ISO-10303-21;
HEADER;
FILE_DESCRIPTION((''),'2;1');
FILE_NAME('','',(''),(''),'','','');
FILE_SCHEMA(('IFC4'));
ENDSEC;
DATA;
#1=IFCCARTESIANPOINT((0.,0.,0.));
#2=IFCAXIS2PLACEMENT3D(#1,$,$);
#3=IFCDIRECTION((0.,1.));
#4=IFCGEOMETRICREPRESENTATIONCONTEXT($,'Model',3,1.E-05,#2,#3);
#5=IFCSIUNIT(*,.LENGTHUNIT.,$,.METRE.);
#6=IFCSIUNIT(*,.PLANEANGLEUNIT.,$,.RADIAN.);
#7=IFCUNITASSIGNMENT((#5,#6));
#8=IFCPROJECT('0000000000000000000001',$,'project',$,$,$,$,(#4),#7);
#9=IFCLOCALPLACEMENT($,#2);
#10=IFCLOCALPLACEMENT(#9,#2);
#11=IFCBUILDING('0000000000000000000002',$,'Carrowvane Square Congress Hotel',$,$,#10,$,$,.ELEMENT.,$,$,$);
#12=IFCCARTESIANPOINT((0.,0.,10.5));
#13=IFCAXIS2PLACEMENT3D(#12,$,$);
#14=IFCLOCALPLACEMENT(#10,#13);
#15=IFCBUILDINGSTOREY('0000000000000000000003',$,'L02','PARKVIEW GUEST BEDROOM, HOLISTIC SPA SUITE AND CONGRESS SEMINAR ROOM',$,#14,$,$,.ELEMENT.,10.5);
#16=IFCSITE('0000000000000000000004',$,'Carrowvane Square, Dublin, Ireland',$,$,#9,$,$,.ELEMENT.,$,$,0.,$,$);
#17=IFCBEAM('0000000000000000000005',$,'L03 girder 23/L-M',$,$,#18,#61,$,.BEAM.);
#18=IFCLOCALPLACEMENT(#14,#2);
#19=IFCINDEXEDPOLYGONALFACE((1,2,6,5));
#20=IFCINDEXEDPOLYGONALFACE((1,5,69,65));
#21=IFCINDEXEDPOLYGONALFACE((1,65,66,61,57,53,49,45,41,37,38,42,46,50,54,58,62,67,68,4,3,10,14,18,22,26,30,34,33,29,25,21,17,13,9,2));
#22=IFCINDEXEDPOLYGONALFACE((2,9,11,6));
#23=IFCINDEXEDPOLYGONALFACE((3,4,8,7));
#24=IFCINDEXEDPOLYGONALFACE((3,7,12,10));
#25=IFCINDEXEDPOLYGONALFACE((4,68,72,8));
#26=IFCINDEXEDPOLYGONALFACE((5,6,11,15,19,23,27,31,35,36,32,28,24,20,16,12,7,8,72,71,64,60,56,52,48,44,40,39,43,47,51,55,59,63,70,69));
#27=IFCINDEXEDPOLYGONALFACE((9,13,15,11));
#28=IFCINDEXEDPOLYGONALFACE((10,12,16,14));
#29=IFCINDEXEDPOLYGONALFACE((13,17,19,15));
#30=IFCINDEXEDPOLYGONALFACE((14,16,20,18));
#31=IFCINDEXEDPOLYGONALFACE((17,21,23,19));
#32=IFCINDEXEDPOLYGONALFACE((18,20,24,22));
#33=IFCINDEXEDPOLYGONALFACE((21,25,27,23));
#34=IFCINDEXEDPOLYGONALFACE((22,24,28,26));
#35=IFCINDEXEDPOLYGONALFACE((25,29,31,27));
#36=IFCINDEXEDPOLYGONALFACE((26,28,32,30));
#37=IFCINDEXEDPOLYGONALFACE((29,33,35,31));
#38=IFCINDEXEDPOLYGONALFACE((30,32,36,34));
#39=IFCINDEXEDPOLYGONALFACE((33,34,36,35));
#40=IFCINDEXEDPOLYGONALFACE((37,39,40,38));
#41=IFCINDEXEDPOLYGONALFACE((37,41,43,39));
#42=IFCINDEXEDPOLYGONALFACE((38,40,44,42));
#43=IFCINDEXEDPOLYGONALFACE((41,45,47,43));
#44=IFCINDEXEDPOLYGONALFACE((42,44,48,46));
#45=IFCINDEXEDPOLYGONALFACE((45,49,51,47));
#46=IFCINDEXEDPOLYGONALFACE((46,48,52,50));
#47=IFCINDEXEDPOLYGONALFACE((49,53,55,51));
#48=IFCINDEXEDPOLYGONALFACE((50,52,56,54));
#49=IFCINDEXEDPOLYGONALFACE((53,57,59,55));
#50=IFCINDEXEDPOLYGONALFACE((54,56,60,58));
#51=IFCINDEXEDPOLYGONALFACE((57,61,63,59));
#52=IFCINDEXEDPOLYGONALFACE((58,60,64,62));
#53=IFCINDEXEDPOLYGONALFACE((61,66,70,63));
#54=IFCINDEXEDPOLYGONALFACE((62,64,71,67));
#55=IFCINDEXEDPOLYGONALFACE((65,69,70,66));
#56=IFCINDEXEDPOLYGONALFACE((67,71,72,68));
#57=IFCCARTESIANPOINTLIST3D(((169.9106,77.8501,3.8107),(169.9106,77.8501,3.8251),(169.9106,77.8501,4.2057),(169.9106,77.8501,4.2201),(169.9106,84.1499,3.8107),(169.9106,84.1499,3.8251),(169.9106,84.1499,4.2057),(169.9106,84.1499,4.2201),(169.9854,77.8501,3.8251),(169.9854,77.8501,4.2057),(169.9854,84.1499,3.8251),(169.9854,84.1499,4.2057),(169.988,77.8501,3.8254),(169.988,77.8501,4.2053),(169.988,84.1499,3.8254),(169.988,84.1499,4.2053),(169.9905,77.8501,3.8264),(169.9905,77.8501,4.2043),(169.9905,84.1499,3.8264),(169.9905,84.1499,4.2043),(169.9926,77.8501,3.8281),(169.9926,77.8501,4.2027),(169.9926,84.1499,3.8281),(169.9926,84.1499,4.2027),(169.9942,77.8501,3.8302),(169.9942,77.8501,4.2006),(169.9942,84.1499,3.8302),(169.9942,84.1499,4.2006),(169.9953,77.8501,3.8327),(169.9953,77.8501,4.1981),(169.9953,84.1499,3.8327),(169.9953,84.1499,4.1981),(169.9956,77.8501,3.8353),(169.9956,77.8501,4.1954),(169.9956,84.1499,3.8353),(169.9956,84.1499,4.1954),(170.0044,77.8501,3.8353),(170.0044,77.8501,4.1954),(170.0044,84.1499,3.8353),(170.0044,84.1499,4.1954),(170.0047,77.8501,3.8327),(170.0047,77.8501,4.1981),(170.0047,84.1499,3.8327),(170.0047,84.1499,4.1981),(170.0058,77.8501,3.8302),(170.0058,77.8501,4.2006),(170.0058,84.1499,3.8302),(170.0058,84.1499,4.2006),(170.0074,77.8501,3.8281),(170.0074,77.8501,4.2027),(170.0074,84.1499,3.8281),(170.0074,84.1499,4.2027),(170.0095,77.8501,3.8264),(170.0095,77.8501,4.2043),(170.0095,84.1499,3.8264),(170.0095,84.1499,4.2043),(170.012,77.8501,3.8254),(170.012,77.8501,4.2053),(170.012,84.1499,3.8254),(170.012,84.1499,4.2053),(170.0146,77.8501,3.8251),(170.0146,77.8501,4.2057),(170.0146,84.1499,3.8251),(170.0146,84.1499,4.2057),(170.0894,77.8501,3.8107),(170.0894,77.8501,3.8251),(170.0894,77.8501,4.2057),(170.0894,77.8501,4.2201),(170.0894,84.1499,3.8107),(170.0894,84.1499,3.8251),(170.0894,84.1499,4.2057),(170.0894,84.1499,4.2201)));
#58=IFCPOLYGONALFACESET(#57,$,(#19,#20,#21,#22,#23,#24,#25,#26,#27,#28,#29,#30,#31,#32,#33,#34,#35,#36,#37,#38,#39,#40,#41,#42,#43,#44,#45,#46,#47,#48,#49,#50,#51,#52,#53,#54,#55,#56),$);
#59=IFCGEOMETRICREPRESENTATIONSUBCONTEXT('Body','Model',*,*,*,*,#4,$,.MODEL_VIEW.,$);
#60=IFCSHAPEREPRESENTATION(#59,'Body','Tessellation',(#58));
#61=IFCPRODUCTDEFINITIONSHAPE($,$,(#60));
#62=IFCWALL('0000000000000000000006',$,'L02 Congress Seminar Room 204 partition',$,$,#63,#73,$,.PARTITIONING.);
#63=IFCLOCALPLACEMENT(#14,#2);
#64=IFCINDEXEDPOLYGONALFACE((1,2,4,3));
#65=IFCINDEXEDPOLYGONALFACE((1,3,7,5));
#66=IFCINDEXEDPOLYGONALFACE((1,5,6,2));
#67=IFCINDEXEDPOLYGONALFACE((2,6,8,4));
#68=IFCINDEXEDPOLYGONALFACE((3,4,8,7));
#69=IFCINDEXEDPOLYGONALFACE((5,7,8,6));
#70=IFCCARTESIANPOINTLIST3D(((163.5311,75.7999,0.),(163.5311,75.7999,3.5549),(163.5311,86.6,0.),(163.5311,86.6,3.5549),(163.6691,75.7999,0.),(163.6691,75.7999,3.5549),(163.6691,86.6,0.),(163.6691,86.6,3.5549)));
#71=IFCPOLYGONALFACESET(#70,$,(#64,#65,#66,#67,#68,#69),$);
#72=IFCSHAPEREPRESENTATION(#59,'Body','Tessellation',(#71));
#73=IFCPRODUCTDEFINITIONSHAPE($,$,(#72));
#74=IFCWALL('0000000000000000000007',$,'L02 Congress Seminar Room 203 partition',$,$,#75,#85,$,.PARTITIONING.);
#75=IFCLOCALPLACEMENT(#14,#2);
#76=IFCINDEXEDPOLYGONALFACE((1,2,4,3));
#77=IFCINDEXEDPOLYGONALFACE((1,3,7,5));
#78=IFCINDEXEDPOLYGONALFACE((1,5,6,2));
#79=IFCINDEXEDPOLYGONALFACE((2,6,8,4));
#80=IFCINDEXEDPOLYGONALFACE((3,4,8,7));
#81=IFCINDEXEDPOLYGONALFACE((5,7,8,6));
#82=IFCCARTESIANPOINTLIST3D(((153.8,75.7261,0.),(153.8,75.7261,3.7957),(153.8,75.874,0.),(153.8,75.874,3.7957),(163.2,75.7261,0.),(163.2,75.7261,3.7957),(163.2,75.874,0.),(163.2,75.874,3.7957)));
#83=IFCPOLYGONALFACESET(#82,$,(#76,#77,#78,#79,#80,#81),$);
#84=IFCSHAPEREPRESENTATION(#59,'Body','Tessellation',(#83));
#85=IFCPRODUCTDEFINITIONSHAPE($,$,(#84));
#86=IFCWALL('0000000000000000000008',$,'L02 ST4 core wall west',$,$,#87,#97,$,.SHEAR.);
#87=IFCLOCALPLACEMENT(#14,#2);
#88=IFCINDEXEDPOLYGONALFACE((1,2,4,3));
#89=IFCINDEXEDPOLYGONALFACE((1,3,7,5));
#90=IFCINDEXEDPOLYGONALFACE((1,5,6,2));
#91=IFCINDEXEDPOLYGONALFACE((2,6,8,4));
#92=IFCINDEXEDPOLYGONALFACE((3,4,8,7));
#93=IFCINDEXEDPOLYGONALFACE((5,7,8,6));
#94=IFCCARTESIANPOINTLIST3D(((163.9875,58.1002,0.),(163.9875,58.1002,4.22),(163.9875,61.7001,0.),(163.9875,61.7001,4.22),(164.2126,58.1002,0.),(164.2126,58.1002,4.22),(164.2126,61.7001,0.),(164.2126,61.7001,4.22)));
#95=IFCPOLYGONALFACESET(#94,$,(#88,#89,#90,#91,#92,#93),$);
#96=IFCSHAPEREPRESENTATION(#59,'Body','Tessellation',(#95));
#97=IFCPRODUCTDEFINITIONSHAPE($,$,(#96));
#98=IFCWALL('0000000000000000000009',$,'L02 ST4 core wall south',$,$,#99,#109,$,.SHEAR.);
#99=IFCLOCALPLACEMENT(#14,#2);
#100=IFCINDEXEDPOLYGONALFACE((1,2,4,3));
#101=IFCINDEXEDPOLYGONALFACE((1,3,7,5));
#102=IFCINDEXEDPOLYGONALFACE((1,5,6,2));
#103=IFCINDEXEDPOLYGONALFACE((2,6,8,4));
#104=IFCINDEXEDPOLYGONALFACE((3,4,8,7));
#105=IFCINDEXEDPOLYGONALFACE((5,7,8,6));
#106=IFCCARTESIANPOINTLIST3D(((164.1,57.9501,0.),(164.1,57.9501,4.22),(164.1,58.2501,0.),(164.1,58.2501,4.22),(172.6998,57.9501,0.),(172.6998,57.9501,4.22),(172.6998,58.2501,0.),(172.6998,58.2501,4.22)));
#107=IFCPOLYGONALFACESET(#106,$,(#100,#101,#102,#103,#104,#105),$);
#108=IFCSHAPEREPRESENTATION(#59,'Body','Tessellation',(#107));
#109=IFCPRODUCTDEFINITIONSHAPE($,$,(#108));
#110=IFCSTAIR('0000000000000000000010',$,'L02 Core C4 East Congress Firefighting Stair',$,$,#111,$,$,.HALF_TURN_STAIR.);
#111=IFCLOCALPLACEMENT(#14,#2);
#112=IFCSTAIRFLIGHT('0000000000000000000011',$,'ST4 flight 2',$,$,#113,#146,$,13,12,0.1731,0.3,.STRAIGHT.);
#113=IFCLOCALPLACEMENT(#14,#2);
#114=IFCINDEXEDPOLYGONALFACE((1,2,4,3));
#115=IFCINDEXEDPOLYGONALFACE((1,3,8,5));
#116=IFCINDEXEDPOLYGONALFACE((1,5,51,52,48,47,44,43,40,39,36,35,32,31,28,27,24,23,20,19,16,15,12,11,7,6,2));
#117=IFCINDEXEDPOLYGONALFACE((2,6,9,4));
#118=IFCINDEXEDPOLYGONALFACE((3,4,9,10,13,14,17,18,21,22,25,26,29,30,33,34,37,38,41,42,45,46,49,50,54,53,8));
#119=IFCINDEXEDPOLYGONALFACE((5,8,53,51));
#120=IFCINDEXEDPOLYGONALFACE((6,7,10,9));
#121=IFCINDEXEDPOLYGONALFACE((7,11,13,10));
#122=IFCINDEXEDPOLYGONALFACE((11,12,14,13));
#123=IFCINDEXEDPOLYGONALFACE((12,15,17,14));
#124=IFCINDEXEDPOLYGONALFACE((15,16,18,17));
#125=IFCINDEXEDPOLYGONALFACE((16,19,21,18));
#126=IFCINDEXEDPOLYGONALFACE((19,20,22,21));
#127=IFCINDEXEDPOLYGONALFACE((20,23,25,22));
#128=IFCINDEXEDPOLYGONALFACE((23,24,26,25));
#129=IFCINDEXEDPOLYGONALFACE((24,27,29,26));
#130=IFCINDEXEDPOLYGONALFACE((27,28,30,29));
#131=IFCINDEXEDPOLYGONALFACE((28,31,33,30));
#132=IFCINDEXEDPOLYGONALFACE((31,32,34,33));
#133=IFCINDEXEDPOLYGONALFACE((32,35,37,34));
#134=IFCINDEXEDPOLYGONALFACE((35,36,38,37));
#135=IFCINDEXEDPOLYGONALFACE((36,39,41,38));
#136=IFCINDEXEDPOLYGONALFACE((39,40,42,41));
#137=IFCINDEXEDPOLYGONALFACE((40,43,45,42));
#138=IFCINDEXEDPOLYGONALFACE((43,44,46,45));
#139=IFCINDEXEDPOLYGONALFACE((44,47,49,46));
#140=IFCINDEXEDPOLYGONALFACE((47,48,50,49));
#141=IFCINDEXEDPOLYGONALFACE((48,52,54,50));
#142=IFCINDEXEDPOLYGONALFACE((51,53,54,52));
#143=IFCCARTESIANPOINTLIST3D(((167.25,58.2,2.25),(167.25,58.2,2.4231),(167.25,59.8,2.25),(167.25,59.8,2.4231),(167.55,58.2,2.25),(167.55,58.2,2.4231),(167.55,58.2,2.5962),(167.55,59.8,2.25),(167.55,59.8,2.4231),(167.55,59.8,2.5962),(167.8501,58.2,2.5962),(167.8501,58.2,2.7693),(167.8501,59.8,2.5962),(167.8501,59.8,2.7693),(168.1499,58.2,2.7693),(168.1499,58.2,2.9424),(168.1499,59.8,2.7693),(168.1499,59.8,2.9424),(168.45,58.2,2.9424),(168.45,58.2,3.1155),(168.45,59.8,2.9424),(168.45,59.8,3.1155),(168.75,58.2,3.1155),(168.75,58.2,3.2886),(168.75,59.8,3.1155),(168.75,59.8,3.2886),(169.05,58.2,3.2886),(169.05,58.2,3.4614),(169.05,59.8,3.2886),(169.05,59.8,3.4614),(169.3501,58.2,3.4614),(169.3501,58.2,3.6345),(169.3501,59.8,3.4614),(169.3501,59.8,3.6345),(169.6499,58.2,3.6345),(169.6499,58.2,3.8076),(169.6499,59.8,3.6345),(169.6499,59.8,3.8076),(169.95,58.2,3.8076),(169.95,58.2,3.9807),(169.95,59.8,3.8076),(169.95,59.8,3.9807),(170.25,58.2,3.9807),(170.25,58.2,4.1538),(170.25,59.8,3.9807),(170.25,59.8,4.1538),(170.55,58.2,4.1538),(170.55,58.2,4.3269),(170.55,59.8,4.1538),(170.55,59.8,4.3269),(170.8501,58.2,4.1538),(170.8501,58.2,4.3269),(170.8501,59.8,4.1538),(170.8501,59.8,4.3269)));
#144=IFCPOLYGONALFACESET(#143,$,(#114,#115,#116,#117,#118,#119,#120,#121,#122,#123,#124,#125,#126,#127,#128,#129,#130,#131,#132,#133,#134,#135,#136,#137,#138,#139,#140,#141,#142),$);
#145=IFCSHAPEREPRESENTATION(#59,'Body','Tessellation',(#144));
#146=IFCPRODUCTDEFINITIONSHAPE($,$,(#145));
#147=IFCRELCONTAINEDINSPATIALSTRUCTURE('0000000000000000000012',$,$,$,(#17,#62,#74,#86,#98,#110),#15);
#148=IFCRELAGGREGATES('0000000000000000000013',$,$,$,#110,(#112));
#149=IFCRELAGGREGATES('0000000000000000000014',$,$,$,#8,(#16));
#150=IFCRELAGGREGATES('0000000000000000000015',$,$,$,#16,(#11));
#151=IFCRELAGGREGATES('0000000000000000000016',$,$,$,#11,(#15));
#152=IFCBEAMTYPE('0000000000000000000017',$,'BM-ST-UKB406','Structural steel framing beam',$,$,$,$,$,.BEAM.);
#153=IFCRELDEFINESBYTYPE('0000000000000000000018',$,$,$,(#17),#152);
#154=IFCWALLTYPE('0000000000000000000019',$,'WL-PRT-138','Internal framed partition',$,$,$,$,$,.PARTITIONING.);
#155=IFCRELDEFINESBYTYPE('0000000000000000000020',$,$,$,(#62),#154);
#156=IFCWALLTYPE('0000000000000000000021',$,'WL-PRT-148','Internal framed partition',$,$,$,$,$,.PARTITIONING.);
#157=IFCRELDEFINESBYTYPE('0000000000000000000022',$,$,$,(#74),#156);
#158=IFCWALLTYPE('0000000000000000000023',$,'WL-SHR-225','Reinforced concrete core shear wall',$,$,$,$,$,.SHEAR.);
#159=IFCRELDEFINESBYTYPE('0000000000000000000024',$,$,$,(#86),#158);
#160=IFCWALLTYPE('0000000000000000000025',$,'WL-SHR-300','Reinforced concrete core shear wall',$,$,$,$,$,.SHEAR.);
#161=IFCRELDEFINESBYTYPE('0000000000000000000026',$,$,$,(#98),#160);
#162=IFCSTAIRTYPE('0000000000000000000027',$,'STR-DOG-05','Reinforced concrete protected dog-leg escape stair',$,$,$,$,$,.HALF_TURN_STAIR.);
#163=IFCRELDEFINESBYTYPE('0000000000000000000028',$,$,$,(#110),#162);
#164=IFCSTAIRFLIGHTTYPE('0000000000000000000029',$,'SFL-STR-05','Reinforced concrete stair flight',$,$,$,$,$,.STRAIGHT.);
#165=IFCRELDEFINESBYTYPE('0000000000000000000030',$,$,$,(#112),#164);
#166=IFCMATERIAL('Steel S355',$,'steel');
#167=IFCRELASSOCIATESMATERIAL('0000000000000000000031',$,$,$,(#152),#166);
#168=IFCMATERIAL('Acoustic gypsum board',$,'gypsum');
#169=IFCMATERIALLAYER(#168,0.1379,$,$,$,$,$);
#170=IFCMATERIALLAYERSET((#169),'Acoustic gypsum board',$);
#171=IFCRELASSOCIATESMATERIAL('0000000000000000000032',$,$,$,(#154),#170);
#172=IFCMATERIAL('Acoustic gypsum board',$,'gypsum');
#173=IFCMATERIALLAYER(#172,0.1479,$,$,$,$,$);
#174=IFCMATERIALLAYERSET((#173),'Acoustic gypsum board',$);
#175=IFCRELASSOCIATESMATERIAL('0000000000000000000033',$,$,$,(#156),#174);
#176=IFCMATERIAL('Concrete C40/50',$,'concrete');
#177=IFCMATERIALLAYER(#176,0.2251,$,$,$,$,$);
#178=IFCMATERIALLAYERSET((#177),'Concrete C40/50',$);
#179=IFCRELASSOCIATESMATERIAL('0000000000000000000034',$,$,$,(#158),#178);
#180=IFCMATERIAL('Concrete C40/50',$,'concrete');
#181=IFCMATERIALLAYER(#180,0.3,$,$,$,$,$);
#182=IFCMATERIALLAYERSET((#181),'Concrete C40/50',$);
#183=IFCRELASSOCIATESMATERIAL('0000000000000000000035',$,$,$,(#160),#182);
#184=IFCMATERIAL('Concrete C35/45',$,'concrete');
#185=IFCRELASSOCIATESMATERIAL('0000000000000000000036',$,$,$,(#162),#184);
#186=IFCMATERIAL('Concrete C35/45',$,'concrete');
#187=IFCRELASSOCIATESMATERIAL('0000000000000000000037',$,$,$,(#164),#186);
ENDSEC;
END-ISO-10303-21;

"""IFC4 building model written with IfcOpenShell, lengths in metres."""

from ifc_helpers import new_model, si_unit, direction, frame, frame_2d, origin, origin_2d, place, context, subcontext, project, spatial, polyline, rectangle, i_section, outline, extrude, material, layer, layer_set, material_profile, profile_set, type_object, element, aggregate, save


model = new_model("IFC4")

# Units and contexts
model_context = context("Model", 3, precision=1e-05, world=origin(), true_north=direction((0.0, 1.0)))
body_context = subcontext(model_context, "Body", "Model", "MODEL_VIEW")
ifc_project = project(units=[si_unit("LENGTHUNIT", "METRE"), si_unit("PLANEANGLEUNIT", "RADIAN")], contexts=[model_context])

# Site, building, storey
site_placement = place(None, origin())
site = spatial("IfcSite", under=ifc_project, at=site_placement, Name="Carrowvane Square, Dublin, Ireland", CompositionType="ELEMENT", RefElevation=0.0)
building_placement = place(site_placement, origin())
building = spatial("IfcBuilding", under=site, at=building_placement, Name="Carrowvane Square Congress Hotel", CompositionType="ELEMENT")
storey_placement = place(building_placement, frame((0.0, 0.0, 10.5)))
storey = spatial("IfcBuildingStorey", under=building, at=storey_placement, Name="L02", Description="PARKVIEW GUEST BEDROOM, HOLISTIC SPA SUITE AND CONGRESS SEMINAR ROOM", CompositionType="ELEMENT", Elevation=10.5)

# Beam
ifc_material_1 = material(Name="Steel S355", Category="steel")
ifc_material_profile_1 = material_profile(ifc_material_1, i_section(OverallWidth=0.1787, OverallDepth=0.4094, WebThickness=0.0088, FlangeThickness=0.0144, FilletRadius=0.0103, at=origin_2d()), Name="UKB 406x178x67")
ifc_profile_set_1 = profile_set([ifc_material_profile_1], Name="Steel S355")
beam_type_1 = type_object("IfcBeamType", Name="BM-ST-UKB406", Description="Structural steel framing beam", PredefinedType="BEAM", material=ifc_profile_set_1)
beam_1_placement = place(storey_placement, frame((170.0, 77.8501, 4.0154), z_axis=(0.0, 1.0, 0.0), x_axis=(-1.0, 0.0, 0.0)))
element("IfcBeam", 1, at=beam_1_placement, inside=storey, type_object=beam_type_1, Name="L03 girder 23/L-M", PredefinedType="BEAM", context=body_context, shape_type="SweptSolid", body=[
    extrude(i_section(OverallWidth=0.1787, OverallDepth=0.4094, WebThickness=0.0088, FlangeThickness=0.0144, FilletRadius=0.0103, at=origin_2d()), origin(), (0.0, 0.0, 1.0), 6.2998),
])

# Walls
ifc_material_2 = material(Name="Acoustic gypsum board", Category="gypsum")
ifc_layer_1 = layer(ifc_material_2, 0.1379)
ifc_layer_set_1 = layer_set([ifc_layer_1], Name="Acoustic gypsum board")
wall_type_1 = type_object("IfcWallType", Name="WL-PRT-138", Description="Internal framed partition", PredefinedType="PARTITIONING", material=ifc_layer_set_1)
wall_1_placement = place(storey_placement, frame((163.6001, 75.8, 0.0), z_axis=(0.0, 0.0, 1.0), x_axis=(0.0, 1.0, 0.0)))
element("IfcWall", 2, at=wall_1_placement, inside=storey, type_object=wall_type_1, Name="L02 Congress Seminar Room 204 partition", PredefinedType="PARTITIONING", context=body_context, shape_type="SweptSolid", body=[
    extrude(rectangle(XDim=10.8, YDim=0.1379, at=frame_2d((5.3999, 0.0))), origin(), (0.0, 0.0, 1.0), 3.5549),
])
ifc_material_3 = material(Name="Acoustic gypsum board", Category="gypsum")
ifc_layer_2 = layer(ifc_material_3, 0.1479)
ifc_layer_set_2 = layer_set([ifc_layer_2], Name="Acoustic gypsum board")
wall_type_2 = type_object("IfcWallType", Name="WL-PRT-148", Description="Internal framed partition", PredefinedType="PARTITIONING", material=ifc_layer_set_2)
wall_2_placement = place(storey_placement, frame((163.2, 75.8, 0.0), z_axis=(0.0, 0.0, 1.0), x_axis=(-1.0, 0.0, 0.0)))
element("IfcWall", 3, at=wall_2_placement, inside=storey, type_object=wall_type_2, Name="L02 Congress Seminar Room 203 partition", PredefinedType="PARTITIONING", context=body_context, shape_type="SweptSolid", body=[
    extrude(rectangle(XDim=9.3999, YDim=0.1479, at=frame_2d((4.7, 0.0))), origin(), (0.0, 0.0, 1.0), 3.7957),
])
ifc_material_4 = material(Name="Concrete C40/50", Category="concrete")
ifc_layer_3 = layer(ifc_material_4, 0.2251)
ifc_layer_set_3 = layer_set([ifc_layer_3], Name="Concrete C40/50")
wall_type_3 = type_object("IfcWallType", Name="WL-SHR-225", Description="Reinforced concrete core shear wall", PredefinedType="SHEAR", material=ifc_layer_set_3)
wall_3_placement = place(storey_placement, frame((164.1001, 61.7, 0.0), z_axis=(0.0, 0.0, 1.0), x_axis=(0.0, -1.0, 0.0)))
element("IfcWall", 4, at=wall_3_placement, inside=storey, type_object=wall_type_3, Name="L02 ST4 core wall west", PredefinedType="SHEAR", context=body_context, shape_type="SweptSolid", body=[
    extrude(rectangle(XDim=3.5999, YDim=0.2251, at=frame_2d((1.7998, 0.0))), origin(), (0.0, 0.0, 1.0), 4.22),
])
ifc_material_5 = material(Name="Concrete C40/50", Category="concrete")
ifc_layer_4 = layer(ifc_material_5, 0.3)
ifc_layer_set_4 = layer_set([ifc_layer_4], Name="Concrete C40/50")
wall_type_4 = type_object("IfcWallType", Name="WL-SHR-300", Description="Reinforced concrete core shear wall", PredefinedType="SHEAR", material=ifc_layer_set_4)
wall_4_placement = place(storey_placement, frame((164.1001, 58.1001, 0.0), z_axis=(0.0, 0.0, 1.0), x_axis=(1.0, 0.0, 0.0)))
element("IfcWall", 5, at=wall_4_placement, inside=storey, type_object=wall_type_4, Name="L02 ST4 core wall south", PredefinedType="SHEAR", context=body_context, shape_type="SweptSolid", body=[
    extrude(rectangle(XDim=8.5999, YDim=0.3, at=frame_2d((4.2998, 0.0))), origin(), (0.0, 0.0, 1.0), 4.22),
])

# Stair, stair flight
ifc_material_6 = material(Name="Concrete C35/45", Category="concrete")
stair_type = type_object("IfcStairType", Name="STR-DOG-05", Description="Reinforced concrete protected dog-leg escape stair", PredefinedType="HALF_TURN_STAIR", material=ifc_material_6)
stair_placement = place(storey_placement, origin())
stair = element("IfcStair", 6, at=stair_placement, inside=storey, type_object=stair_type, Name="L02 Core C4 East Congress Firefighting Stair", PredefinedType="HALF_TURN_STAIR")
ifc_material_7 = material(Name="Concrete C35/45", Category="concrete")
stair_flight_type = type_object("IfcStairFlightType", Name="SFL-STR-05", Description="Reinforced concrete stair flight", PredefinedType="STRAIGHT", material=ifc_material_7)
stair_flight_placement = place(storey_placement, frame((167.25, 59.0, 2.25), z_axis=(0.0, 0.0, 1.0), x_axis=(1.0, 0.0, 0.0)))
stair_flight = element("IfcStairFlight", 7, at=stair_flight_placement, type_object=stair_flight_type, Name="ST4 flight 2", NumberOfRisers=13, NumberOfTreads=12, PredefinedType="STRAIGHT", RiserHeight=0.1731, TreadLength=0.3, context=body_context, shape_type="SweptSolid", body=[
    extrude(outline(polyline([(0.0, 0.0), (0.0, 0.1731), (0.3, 0.1731), (0.3, 0.3462), (0.6001, 0.3462), (0.6001, 0.5193), (0.8999, 0.5193), (0.8999, 0.6924), (1.2, 0.6924), (1.2, 0.8655), (1.5, 0.8655), (1.5, 1.0386), (1.8, 1.0386), (1.8, 1.2114), (2.1001, 1.2114), (2.1001, 1.3845), (2.3999, 1.3845), (2.3999, 1.5576), (2.7, 1.5576), (2.7, 1.7307), (3.0, 1.7307), (3.0, 1.9038), (3.3, 1.9038), (3.3, 2.0769), (3.6001, 2.0769), (3.6001, 2.25), (3.6001, 1.9038), (0.3, 0.0), (0.0, 0.0)])), frame((0.0, 0.8, 0.0), z_axis=(0.0, -1.0, 0.0), x_axis=(1.0, 0.0, 0.0)), (0.0, 0.0, 1.0), 1.6001),
])
aggregate(stair, [stair_flight])

save(model, "model.ifc")
